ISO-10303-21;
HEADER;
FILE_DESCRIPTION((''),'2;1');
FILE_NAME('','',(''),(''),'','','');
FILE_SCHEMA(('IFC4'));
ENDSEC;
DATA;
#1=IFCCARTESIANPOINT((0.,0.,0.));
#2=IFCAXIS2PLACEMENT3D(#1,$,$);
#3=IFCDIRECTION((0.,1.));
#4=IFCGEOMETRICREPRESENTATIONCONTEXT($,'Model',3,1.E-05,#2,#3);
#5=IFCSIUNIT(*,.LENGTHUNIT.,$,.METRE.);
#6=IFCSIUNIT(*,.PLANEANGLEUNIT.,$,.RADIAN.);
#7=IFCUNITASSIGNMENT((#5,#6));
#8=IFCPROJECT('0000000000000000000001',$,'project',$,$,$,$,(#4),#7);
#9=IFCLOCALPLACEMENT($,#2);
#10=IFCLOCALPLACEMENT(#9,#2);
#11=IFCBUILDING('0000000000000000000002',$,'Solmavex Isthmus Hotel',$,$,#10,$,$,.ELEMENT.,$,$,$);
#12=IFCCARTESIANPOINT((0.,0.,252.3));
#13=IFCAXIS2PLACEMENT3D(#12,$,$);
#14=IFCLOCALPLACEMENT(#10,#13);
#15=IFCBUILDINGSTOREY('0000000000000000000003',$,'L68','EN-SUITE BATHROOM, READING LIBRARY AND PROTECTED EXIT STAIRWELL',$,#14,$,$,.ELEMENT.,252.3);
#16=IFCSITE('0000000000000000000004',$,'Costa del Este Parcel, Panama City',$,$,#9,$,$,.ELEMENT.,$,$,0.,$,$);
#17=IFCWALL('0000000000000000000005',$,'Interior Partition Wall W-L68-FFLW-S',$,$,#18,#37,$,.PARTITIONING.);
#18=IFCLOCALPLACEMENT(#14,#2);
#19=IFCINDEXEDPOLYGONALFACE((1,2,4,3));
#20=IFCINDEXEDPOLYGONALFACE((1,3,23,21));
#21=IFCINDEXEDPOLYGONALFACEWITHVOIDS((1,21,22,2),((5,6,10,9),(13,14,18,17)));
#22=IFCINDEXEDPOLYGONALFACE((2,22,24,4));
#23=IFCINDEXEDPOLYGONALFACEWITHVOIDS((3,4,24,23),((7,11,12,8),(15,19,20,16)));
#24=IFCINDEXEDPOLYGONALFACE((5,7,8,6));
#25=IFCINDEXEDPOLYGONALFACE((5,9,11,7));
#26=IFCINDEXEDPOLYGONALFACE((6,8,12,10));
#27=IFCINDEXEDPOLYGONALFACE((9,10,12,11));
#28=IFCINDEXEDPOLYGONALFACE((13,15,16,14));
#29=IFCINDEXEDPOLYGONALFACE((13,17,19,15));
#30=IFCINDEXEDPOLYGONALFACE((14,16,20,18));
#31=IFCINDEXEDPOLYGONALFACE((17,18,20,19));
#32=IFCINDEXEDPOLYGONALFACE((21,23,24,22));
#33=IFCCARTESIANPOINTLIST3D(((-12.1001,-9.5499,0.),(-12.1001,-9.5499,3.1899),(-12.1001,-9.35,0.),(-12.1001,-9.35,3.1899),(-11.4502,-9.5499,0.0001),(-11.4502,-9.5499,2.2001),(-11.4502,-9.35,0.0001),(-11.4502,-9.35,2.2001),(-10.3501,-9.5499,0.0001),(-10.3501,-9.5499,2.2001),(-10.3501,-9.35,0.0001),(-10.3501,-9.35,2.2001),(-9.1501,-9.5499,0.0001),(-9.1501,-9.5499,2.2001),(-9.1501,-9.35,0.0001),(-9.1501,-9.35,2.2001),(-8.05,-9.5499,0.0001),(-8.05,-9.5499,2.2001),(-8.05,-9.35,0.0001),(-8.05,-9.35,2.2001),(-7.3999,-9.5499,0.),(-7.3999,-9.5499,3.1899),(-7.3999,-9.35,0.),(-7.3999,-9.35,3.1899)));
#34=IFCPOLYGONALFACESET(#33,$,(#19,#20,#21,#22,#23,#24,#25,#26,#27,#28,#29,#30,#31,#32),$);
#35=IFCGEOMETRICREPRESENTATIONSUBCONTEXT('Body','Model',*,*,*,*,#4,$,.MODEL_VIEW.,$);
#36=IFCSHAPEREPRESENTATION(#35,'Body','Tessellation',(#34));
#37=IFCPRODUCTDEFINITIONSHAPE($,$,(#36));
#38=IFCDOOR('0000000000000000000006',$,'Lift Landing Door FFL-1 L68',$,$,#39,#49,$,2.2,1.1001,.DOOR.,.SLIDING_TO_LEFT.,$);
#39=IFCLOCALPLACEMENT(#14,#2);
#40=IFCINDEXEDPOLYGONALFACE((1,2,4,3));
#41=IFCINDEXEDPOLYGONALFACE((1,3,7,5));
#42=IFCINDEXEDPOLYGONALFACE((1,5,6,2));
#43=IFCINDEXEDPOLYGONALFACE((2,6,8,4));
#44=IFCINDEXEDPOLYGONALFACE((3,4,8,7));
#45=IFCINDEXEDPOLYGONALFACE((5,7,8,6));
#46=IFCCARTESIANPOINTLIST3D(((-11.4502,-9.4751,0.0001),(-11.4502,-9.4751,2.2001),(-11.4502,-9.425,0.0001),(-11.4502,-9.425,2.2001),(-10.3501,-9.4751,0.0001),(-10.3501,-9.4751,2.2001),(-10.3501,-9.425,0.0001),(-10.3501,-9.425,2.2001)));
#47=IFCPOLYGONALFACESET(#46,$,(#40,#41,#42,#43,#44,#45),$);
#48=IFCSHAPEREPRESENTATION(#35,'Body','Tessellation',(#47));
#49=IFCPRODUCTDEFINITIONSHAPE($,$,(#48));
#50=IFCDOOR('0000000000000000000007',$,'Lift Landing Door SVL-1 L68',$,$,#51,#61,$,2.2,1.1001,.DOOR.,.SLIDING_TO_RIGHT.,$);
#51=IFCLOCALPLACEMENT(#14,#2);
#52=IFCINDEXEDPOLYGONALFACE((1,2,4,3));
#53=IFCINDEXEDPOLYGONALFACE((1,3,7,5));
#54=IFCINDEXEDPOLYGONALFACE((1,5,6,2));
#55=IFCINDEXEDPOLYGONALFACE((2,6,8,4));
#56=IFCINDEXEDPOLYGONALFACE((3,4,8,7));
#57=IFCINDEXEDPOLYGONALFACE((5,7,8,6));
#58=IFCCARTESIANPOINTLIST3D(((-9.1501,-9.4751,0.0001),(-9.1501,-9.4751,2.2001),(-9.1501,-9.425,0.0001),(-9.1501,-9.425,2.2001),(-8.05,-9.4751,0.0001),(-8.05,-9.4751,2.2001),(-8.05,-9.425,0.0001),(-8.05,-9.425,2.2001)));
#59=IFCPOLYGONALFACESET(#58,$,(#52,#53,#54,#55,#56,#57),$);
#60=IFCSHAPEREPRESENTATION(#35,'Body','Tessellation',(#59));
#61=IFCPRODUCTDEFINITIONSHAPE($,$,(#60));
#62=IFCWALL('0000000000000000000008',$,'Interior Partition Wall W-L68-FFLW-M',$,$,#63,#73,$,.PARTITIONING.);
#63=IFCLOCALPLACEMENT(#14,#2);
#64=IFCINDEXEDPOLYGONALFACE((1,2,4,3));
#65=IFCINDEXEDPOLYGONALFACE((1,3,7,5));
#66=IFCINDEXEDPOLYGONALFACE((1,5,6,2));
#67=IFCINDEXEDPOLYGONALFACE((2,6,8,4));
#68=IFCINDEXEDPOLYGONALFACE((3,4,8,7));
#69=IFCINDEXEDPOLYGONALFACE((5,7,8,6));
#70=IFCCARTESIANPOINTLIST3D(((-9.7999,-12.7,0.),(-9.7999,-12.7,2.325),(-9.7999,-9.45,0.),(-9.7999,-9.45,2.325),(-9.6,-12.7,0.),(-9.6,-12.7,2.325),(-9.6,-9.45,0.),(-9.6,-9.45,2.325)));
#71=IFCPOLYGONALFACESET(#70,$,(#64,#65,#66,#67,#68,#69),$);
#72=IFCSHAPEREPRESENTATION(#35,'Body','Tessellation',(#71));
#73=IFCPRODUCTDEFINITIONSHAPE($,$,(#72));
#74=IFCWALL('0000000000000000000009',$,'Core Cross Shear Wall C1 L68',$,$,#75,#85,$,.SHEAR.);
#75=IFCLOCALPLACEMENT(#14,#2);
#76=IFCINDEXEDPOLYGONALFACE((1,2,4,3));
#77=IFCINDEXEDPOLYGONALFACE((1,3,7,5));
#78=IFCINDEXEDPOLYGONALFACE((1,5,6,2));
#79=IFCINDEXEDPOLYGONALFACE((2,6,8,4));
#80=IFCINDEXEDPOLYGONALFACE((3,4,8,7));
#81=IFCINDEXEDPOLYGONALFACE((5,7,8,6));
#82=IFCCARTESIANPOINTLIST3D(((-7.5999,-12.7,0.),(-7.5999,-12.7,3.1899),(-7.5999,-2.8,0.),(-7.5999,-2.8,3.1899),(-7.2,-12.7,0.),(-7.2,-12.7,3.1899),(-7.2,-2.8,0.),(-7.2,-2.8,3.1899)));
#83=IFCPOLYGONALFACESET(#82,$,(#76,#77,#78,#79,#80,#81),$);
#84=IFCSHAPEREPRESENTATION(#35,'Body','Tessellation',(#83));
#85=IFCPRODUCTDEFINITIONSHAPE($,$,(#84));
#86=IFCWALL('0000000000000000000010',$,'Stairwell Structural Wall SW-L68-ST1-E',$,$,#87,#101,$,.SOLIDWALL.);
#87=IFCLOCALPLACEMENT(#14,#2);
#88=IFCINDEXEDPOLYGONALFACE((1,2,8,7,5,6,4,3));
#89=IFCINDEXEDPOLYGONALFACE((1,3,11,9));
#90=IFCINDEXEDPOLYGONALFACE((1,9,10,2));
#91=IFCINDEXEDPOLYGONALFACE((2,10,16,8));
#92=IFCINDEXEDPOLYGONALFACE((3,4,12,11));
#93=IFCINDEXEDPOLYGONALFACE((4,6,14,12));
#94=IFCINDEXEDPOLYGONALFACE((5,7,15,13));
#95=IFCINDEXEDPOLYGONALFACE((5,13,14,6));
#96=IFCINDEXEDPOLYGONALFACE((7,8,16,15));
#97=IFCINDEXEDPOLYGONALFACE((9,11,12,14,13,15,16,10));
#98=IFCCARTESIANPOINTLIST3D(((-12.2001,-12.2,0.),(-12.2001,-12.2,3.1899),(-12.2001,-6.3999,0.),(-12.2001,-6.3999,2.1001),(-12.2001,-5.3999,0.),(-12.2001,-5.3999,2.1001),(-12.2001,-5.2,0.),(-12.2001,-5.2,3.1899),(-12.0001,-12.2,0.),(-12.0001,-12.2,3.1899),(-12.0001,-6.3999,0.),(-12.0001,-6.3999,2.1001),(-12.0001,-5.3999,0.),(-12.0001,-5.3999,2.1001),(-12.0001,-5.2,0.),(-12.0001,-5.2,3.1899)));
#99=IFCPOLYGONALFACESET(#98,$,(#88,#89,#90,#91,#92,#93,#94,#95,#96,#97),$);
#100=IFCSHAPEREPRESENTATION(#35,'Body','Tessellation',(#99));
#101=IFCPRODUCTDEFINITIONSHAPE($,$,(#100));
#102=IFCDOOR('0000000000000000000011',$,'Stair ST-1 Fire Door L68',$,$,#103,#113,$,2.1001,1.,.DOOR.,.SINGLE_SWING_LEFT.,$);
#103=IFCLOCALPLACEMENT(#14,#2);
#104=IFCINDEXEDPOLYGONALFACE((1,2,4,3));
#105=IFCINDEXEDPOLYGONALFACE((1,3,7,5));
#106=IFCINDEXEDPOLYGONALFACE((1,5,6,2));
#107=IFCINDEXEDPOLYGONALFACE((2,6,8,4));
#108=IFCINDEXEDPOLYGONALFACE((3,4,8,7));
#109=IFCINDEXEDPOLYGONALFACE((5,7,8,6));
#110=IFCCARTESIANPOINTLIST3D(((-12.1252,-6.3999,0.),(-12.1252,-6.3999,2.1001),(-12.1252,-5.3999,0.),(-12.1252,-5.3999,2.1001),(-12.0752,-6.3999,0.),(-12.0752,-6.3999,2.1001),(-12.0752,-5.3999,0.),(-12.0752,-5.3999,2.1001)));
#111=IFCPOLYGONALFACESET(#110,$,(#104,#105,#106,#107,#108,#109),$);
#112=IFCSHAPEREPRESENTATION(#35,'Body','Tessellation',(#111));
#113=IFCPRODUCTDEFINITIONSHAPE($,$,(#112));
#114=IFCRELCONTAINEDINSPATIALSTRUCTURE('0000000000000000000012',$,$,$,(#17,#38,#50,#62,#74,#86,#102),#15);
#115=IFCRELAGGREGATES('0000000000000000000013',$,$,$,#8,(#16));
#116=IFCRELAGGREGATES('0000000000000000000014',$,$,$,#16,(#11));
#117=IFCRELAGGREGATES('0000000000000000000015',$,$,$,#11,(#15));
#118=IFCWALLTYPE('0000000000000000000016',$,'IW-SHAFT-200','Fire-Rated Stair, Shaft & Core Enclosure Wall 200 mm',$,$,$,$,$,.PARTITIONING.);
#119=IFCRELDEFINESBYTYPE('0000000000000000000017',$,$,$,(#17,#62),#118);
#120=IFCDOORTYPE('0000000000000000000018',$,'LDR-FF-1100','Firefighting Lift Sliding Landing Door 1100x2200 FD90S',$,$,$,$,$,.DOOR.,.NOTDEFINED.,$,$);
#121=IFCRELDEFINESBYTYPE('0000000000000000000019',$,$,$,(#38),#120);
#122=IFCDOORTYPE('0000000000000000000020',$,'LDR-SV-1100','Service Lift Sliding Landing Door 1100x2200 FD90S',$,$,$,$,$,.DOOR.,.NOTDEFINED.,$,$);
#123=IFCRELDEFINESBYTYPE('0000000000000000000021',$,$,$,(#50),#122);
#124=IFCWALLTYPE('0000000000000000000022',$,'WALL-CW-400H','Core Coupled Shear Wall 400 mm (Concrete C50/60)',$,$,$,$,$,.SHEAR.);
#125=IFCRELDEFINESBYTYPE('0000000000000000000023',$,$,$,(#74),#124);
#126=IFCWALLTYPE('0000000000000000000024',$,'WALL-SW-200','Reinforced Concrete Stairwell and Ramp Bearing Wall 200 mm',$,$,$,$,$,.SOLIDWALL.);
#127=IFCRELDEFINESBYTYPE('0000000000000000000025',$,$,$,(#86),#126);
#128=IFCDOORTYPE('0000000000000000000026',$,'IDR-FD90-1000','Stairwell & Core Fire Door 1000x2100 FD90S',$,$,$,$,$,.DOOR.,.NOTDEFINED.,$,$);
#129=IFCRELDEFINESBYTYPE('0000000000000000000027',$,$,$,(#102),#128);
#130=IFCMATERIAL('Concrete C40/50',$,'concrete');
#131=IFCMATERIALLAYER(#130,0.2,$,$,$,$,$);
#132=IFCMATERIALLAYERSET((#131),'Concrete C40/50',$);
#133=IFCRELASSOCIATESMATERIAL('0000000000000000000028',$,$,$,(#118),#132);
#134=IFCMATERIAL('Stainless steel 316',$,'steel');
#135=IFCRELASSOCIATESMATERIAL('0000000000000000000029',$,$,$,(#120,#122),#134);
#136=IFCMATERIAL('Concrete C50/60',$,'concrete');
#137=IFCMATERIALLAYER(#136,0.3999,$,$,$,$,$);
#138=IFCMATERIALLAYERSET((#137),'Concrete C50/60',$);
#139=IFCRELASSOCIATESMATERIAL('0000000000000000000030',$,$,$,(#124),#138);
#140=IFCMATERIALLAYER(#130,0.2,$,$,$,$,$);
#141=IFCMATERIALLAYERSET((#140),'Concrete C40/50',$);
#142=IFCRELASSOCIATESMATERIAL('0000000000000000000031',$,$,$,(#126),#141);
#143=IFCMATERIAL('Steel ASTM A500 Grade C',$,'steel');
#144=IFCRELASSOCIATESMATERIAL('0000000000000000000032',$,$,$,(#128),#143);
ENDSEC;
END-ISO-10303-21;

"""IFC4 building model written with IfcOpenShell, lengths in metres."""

from ifc_helpers import new_model, si_unit, direction, frame, frame_2d, origin, place, context, subcontext, project, spatial, rectangle, extrude, material, layer, layer_set, type_object, element, fill, save


model = new_model("IFC4")

# Units and contexts
model_context = context("Model", 3, precision=1e-05, world=origin(), true_north=direction((0.0, 1.0)))
body_context = subcontext(model_context, "Body", "Model", "MODEL_VIEW")
ifc_project = project(units=[si_unit("LENGTHUNIT", "METRE"), si_unit("PLANEANGLEUNIT", "RADIAN")], contexts=[model_context])

# Site, building, storey
site_placement = place(None, origin())
site = spatial("IfcSite", under=ifc_project, at=site_placement, Name="Costa del Este Parcel, Panama City", CompositionType="ELEMENT", RefElevation=0.0)
building_placement = place(site_placement, origin())
building = spatial("IfcBuilding", under=site, at=building_placement, Name="Solmavex Isthmus Hotel", CompositionType="ELEMENT")
storey_placement = place(building_placement, frame((0.0, 0.0, 252.3)))
storey = spatial("IfcBuildingStorey", under=building, at=storey_placement, Name="L68", Description="EN-SUITE BATHROOM, READING LIBRARY AND PROTECTED EXIT STAIRWELL", CompositionType="ELEMENT", Elevation=252.3)

# Shared definitions
ifc_material_1 = material(Name="Concrete C50/60", Category="concrete")

# Shared definitions
ifc_material_2 = material(Name="Steel ASTM A500 Grade C", Category="steel")

# Shared definitions
ifc_material_3 = material(Name="Concrete C40/50", Category="concrete")
ifc_layer_1 = layer(ifc_material_3, 0.2)
ifc_layer_set_1 = layer_set([ifc_layer_1], Name="Concrete C40/50")
wall_type_1 = type_object("IfcWallType", Name="IW-SHAFT-200", Description="Fire-Rated Stair, Shaft & Core Enclosure Wall 200 mm", PredefinedType="PARTITIONING", material=ifc_layer_set_1)

# Wall, openings, doors
wall_1_placement = place(storey_placement, frame((-12.1001, -9.45, 0.0), z_axis=(0.0, 0.0, 1.0), x_axis=(1.0, 0.0, 0.0)))
wall_1 = element("IfcWall", 1, at=wall_1_placement, inside=storey, type_object=wall_type_1, Name="Interior Partition Wall W-L68-FFLW-S", PredefinedType="PARTITIONING", context=body_context, shape_type="SweptSolid", body=[
    extrude(rectangle(XDim=4.7002, YDim=0.2, at=frame_2d((2.3501, 0.0))), origin(), (0.0, 0.0, 1.0), 3.1899),
])
opening_1_placement = place(wall_1_placement, frame((0.6499, 0.0, 0.0)))
opening_1 = element("IfcOpeningElement", 2, at=opening_1_placement, cuts=wall_1, PredefinedType="OPENING", context=body_context, shape_type="SweptSolid", body=[
    extrude(rectangle(XDim=1.1001, YDim=2.2, at=frame_2d((0.55, 1.1001))), frame((0.0, 0.1099, 0.0), z_axis=(0.0, -1.0, 0.0), x_axis=(1.0, 0.0, 0.0)), (0.0, 0.0, 1.0), 0.22),
])
opening_2_placement = place(wall_1_placement, frame((2.95, 0.0, 0.0)))
opening_2 = element("IfcOpeningElement", 3, at=opening_2_placement, cuts=wall_1, PredefinedType="OPENING", context=body_context, shape_type="SweptSolid", body=[
    extrude(rectangle(XDim=1.1001, YDim=2.2, at=frame_2d((0.55, 1.1001))), frame((0.0, 0.1099, 0.0), z_axis=(0.0, -1.0, 0.0), x_axis=(1.0, 0.0, 0.0)), (0.0, 0.0, 1.0), 0.22),
])
ifc_material_4 = material(Name="Stainless steel 316", Category="steel")
door_type_1 = type_object("IfcDoorType", Name="LDR-FF-1100", Description="Firefighting Lift Sliding Landing Door 1100x2200 FD90S", OperationType="NOTDEFINED", PredefinedType="DOOR", material=ifc_material_4)
door_1_placement = place(opening_1_placement, origin())
door_1 = element("IfcDoor", 4, at=door_1_placement, inside=storey, type_object=door_type_1, Name="Lift Landing Door FFL-1 L68", OperationType="SLIDING_TO_LEFT", OverallHeight=2.2, OverallWidth=1.1001, PredefinedType="DOOR", context=body_context, shape_type="SweptSolid", body=[
    extrude(rectangle(XDim=1.1001, YDim=2.2, at=frame_2d((0.55, 1.1001))), frame((0.0, 0.0249, 0.0), z_axis=(0.0, -1.0, 0.0), x_axis=(1.0, 0.0, 0.0)), (0.0, 0.0, 1.0), 0.05),
])
fill(opening_1, door_1)
door_type_2 = type_object("IfcDoorType", Name="LDR-SV-1100", Description="Service Lift Sliding Landing Door 1100x2200 FD90S", OperationType="NOTDEFINED", PredefinedType="DOOR", material=ifc_material_4)
door_2_placement = place(opening_2_placement, origin())
door_2 = element("IfcDoor", 5, at=door_2_placement, inside=storey, type_object=door_type_2, Name="Lift Landing Door SVL-1 L68", OperationType="SLIDING_TO_RIGHT", OverallHeight=2.2, OverallWidth=1.1001, PredefinedType="DOOR", context=body_context, shape_type="SweptSolid", body=[
    extrude(rectangle(XDim=1.1001, YDim=2.2, at=frame_2d((0.55, 1.1001))), frame((0.0, 0.0249, 0.0), z_axis=(0.0, -1.0, 0.0), x_axis=(1.0, 0.0, 0.0)), (0.0, 0.0, 1.0), 0.05),
])
fill(opening_2, door_2)

# Walls
wall_2_placement = place(storey_placement, frame((-9.7, -12.7, 0.0), z_axis=(0.0, 0.0, 1.0), x_axis=(0.0, 1.0, 0.0)))
element("IfcWall", 6, at=wall_2_placement, inside=storey, type_object=wall_type_1, Name="Interior Partition Wall W-L68-FFLW-M", PredefinedType="PARTITIONING", context=body_context, shape_type="SweptSolid", body=[
    extrude(rectangle(XDim=3.25, YDim=0.2, at=frame_2d((1.625, 0.0))), origin(), (0.0, 0.0, 1.0), 2.325),
])
ifc_layer_2 = layer(ifc_material_1, 0.3999)
ifc_layer_set_2 = layer_set([ifc_layer_2], Name="Concrete C50/60")
wall_type_2 = type_object("IfcWallType", Name="WALL-CW-400H", Description="Core Coupled Shear Wall 400 mm (Concrete C50/60)", PredefinedType="SHEAR", material=ifc_layer_set_2)
wall_3_placement = place(storey_placement, frame((-7.3999, -12.7, 0.0), z_axis=(0.0, 0.0, 1.0), x_axis=(0.0, 1.0, 0.0)))
element("IfcWall", 7, at=wall_3_placement, inside=storey, type_object=wall_type_2, Name="Core Cross Shear Wall C1 L68", PredefinedType="SHEAR", context=body_context, shape_type="SweptSolid", body=[
    extrude(rectangle(XDim=9.8999, YDim=0.3999, at=frame_2d((4.95, 0.0))), origin(), (0.0, 0.0, 1.0), 3.1899),
])

# Wall, opening, door
ifc_layer_3 = layer(ifc_material_3, 0.2)
ifc_layer_set_3 = layer_set([ifc_layer_3], Name="Concrete C40/50")
wall_type_3 = type_object("IfcWallType", Name="WALL-SW-200", Description="Reinforced Concrete Stairwell and Ramp Bearing Wall 200 mm", PredefinedType="SOLIDWALL", material=ifc_layer_set_3)
wall_4_placement = place(storey_placement, frame((-12.1001, -12.2, 0.0), z_axis=(0.0, 0.0, 1.0), x_axis=(0.0, 1.0, 0.0)))
wall_4 = element("IfcWall", 8, at=wall_4_placement, inside=storey, type_object=wall_type_3, Name="Stairwell Structural Wall SW-L68-ST1-E", PredefinedType="SOLIDWALL", context=body_context, shape_type="SweptSolid", body=[
    extrude(rectangle(XDim=7.0, YDim=0.2, at=frame_2d((3.5, 0.0))), origin(), (0.0, 0.0, 1.0), 3.1899),
])
opening_3_placement = place(wall_4_placement, frame((5.8, 0.0, 0.0)))
opening_3 = element("IfcOpeningElement", 9, at=opening_3_placement, cuts=wall_4, PredefinedType="OPENING", context=body_context, shape_type="SweptSolid", body=[
    extrude(rectangle(XDim=1.0, YDim=2.1001, at=frame_2d((0.5, 1.05))), frame((0.0, 0.1099, 0.0), z_axis=(0.0, -1.0, 0.0), x_axis=(1.0, 0.0, 0.0)), (0.0, 0.0, 1.0), 0.22),
])
door_type_3 = type_object("IfcDoorType", Name="IDR-FD90-1000", Description="Stairwell & Core Fire Door 1000x2100 FD90S", OperationType="NOTDEFINED", PredefinedType="DOOR", material=ifc_material_2)
door_3_placement = place(opening_3_placement, frame((1.0, 0.0, 0.0), z_axis=(0.0, 0.0, 1.0), x_axis=(-1.0, 0.0, 0.0)))
door_3 = element("IfcDoor", 10, at=door_3_placement, inside=storey, type_object=door_type_3, Name="Stair ST-1 Fire Door L68", OperationType="SINGLE_SWING_LEFT", OverallHeight=2.1001, OverallWidth=1.0, PredefinedType="DOOR", context=body_context, shape_type="SweptSolid", body=[
    extrude(rectangle(XDim=1.0, YDim=2.1001, at=frame_2d((0.5, 1.05))), frame((0.0, 0.0249, 0.0), z_axis=(0.0, -1.0, 0.0), x_axis=(1.0, 0.0, 0.0)), (0.0, 0.0, 1.0), 0.05),
])
fill(opening_3, door_3)

save(model, "model.ifc")
